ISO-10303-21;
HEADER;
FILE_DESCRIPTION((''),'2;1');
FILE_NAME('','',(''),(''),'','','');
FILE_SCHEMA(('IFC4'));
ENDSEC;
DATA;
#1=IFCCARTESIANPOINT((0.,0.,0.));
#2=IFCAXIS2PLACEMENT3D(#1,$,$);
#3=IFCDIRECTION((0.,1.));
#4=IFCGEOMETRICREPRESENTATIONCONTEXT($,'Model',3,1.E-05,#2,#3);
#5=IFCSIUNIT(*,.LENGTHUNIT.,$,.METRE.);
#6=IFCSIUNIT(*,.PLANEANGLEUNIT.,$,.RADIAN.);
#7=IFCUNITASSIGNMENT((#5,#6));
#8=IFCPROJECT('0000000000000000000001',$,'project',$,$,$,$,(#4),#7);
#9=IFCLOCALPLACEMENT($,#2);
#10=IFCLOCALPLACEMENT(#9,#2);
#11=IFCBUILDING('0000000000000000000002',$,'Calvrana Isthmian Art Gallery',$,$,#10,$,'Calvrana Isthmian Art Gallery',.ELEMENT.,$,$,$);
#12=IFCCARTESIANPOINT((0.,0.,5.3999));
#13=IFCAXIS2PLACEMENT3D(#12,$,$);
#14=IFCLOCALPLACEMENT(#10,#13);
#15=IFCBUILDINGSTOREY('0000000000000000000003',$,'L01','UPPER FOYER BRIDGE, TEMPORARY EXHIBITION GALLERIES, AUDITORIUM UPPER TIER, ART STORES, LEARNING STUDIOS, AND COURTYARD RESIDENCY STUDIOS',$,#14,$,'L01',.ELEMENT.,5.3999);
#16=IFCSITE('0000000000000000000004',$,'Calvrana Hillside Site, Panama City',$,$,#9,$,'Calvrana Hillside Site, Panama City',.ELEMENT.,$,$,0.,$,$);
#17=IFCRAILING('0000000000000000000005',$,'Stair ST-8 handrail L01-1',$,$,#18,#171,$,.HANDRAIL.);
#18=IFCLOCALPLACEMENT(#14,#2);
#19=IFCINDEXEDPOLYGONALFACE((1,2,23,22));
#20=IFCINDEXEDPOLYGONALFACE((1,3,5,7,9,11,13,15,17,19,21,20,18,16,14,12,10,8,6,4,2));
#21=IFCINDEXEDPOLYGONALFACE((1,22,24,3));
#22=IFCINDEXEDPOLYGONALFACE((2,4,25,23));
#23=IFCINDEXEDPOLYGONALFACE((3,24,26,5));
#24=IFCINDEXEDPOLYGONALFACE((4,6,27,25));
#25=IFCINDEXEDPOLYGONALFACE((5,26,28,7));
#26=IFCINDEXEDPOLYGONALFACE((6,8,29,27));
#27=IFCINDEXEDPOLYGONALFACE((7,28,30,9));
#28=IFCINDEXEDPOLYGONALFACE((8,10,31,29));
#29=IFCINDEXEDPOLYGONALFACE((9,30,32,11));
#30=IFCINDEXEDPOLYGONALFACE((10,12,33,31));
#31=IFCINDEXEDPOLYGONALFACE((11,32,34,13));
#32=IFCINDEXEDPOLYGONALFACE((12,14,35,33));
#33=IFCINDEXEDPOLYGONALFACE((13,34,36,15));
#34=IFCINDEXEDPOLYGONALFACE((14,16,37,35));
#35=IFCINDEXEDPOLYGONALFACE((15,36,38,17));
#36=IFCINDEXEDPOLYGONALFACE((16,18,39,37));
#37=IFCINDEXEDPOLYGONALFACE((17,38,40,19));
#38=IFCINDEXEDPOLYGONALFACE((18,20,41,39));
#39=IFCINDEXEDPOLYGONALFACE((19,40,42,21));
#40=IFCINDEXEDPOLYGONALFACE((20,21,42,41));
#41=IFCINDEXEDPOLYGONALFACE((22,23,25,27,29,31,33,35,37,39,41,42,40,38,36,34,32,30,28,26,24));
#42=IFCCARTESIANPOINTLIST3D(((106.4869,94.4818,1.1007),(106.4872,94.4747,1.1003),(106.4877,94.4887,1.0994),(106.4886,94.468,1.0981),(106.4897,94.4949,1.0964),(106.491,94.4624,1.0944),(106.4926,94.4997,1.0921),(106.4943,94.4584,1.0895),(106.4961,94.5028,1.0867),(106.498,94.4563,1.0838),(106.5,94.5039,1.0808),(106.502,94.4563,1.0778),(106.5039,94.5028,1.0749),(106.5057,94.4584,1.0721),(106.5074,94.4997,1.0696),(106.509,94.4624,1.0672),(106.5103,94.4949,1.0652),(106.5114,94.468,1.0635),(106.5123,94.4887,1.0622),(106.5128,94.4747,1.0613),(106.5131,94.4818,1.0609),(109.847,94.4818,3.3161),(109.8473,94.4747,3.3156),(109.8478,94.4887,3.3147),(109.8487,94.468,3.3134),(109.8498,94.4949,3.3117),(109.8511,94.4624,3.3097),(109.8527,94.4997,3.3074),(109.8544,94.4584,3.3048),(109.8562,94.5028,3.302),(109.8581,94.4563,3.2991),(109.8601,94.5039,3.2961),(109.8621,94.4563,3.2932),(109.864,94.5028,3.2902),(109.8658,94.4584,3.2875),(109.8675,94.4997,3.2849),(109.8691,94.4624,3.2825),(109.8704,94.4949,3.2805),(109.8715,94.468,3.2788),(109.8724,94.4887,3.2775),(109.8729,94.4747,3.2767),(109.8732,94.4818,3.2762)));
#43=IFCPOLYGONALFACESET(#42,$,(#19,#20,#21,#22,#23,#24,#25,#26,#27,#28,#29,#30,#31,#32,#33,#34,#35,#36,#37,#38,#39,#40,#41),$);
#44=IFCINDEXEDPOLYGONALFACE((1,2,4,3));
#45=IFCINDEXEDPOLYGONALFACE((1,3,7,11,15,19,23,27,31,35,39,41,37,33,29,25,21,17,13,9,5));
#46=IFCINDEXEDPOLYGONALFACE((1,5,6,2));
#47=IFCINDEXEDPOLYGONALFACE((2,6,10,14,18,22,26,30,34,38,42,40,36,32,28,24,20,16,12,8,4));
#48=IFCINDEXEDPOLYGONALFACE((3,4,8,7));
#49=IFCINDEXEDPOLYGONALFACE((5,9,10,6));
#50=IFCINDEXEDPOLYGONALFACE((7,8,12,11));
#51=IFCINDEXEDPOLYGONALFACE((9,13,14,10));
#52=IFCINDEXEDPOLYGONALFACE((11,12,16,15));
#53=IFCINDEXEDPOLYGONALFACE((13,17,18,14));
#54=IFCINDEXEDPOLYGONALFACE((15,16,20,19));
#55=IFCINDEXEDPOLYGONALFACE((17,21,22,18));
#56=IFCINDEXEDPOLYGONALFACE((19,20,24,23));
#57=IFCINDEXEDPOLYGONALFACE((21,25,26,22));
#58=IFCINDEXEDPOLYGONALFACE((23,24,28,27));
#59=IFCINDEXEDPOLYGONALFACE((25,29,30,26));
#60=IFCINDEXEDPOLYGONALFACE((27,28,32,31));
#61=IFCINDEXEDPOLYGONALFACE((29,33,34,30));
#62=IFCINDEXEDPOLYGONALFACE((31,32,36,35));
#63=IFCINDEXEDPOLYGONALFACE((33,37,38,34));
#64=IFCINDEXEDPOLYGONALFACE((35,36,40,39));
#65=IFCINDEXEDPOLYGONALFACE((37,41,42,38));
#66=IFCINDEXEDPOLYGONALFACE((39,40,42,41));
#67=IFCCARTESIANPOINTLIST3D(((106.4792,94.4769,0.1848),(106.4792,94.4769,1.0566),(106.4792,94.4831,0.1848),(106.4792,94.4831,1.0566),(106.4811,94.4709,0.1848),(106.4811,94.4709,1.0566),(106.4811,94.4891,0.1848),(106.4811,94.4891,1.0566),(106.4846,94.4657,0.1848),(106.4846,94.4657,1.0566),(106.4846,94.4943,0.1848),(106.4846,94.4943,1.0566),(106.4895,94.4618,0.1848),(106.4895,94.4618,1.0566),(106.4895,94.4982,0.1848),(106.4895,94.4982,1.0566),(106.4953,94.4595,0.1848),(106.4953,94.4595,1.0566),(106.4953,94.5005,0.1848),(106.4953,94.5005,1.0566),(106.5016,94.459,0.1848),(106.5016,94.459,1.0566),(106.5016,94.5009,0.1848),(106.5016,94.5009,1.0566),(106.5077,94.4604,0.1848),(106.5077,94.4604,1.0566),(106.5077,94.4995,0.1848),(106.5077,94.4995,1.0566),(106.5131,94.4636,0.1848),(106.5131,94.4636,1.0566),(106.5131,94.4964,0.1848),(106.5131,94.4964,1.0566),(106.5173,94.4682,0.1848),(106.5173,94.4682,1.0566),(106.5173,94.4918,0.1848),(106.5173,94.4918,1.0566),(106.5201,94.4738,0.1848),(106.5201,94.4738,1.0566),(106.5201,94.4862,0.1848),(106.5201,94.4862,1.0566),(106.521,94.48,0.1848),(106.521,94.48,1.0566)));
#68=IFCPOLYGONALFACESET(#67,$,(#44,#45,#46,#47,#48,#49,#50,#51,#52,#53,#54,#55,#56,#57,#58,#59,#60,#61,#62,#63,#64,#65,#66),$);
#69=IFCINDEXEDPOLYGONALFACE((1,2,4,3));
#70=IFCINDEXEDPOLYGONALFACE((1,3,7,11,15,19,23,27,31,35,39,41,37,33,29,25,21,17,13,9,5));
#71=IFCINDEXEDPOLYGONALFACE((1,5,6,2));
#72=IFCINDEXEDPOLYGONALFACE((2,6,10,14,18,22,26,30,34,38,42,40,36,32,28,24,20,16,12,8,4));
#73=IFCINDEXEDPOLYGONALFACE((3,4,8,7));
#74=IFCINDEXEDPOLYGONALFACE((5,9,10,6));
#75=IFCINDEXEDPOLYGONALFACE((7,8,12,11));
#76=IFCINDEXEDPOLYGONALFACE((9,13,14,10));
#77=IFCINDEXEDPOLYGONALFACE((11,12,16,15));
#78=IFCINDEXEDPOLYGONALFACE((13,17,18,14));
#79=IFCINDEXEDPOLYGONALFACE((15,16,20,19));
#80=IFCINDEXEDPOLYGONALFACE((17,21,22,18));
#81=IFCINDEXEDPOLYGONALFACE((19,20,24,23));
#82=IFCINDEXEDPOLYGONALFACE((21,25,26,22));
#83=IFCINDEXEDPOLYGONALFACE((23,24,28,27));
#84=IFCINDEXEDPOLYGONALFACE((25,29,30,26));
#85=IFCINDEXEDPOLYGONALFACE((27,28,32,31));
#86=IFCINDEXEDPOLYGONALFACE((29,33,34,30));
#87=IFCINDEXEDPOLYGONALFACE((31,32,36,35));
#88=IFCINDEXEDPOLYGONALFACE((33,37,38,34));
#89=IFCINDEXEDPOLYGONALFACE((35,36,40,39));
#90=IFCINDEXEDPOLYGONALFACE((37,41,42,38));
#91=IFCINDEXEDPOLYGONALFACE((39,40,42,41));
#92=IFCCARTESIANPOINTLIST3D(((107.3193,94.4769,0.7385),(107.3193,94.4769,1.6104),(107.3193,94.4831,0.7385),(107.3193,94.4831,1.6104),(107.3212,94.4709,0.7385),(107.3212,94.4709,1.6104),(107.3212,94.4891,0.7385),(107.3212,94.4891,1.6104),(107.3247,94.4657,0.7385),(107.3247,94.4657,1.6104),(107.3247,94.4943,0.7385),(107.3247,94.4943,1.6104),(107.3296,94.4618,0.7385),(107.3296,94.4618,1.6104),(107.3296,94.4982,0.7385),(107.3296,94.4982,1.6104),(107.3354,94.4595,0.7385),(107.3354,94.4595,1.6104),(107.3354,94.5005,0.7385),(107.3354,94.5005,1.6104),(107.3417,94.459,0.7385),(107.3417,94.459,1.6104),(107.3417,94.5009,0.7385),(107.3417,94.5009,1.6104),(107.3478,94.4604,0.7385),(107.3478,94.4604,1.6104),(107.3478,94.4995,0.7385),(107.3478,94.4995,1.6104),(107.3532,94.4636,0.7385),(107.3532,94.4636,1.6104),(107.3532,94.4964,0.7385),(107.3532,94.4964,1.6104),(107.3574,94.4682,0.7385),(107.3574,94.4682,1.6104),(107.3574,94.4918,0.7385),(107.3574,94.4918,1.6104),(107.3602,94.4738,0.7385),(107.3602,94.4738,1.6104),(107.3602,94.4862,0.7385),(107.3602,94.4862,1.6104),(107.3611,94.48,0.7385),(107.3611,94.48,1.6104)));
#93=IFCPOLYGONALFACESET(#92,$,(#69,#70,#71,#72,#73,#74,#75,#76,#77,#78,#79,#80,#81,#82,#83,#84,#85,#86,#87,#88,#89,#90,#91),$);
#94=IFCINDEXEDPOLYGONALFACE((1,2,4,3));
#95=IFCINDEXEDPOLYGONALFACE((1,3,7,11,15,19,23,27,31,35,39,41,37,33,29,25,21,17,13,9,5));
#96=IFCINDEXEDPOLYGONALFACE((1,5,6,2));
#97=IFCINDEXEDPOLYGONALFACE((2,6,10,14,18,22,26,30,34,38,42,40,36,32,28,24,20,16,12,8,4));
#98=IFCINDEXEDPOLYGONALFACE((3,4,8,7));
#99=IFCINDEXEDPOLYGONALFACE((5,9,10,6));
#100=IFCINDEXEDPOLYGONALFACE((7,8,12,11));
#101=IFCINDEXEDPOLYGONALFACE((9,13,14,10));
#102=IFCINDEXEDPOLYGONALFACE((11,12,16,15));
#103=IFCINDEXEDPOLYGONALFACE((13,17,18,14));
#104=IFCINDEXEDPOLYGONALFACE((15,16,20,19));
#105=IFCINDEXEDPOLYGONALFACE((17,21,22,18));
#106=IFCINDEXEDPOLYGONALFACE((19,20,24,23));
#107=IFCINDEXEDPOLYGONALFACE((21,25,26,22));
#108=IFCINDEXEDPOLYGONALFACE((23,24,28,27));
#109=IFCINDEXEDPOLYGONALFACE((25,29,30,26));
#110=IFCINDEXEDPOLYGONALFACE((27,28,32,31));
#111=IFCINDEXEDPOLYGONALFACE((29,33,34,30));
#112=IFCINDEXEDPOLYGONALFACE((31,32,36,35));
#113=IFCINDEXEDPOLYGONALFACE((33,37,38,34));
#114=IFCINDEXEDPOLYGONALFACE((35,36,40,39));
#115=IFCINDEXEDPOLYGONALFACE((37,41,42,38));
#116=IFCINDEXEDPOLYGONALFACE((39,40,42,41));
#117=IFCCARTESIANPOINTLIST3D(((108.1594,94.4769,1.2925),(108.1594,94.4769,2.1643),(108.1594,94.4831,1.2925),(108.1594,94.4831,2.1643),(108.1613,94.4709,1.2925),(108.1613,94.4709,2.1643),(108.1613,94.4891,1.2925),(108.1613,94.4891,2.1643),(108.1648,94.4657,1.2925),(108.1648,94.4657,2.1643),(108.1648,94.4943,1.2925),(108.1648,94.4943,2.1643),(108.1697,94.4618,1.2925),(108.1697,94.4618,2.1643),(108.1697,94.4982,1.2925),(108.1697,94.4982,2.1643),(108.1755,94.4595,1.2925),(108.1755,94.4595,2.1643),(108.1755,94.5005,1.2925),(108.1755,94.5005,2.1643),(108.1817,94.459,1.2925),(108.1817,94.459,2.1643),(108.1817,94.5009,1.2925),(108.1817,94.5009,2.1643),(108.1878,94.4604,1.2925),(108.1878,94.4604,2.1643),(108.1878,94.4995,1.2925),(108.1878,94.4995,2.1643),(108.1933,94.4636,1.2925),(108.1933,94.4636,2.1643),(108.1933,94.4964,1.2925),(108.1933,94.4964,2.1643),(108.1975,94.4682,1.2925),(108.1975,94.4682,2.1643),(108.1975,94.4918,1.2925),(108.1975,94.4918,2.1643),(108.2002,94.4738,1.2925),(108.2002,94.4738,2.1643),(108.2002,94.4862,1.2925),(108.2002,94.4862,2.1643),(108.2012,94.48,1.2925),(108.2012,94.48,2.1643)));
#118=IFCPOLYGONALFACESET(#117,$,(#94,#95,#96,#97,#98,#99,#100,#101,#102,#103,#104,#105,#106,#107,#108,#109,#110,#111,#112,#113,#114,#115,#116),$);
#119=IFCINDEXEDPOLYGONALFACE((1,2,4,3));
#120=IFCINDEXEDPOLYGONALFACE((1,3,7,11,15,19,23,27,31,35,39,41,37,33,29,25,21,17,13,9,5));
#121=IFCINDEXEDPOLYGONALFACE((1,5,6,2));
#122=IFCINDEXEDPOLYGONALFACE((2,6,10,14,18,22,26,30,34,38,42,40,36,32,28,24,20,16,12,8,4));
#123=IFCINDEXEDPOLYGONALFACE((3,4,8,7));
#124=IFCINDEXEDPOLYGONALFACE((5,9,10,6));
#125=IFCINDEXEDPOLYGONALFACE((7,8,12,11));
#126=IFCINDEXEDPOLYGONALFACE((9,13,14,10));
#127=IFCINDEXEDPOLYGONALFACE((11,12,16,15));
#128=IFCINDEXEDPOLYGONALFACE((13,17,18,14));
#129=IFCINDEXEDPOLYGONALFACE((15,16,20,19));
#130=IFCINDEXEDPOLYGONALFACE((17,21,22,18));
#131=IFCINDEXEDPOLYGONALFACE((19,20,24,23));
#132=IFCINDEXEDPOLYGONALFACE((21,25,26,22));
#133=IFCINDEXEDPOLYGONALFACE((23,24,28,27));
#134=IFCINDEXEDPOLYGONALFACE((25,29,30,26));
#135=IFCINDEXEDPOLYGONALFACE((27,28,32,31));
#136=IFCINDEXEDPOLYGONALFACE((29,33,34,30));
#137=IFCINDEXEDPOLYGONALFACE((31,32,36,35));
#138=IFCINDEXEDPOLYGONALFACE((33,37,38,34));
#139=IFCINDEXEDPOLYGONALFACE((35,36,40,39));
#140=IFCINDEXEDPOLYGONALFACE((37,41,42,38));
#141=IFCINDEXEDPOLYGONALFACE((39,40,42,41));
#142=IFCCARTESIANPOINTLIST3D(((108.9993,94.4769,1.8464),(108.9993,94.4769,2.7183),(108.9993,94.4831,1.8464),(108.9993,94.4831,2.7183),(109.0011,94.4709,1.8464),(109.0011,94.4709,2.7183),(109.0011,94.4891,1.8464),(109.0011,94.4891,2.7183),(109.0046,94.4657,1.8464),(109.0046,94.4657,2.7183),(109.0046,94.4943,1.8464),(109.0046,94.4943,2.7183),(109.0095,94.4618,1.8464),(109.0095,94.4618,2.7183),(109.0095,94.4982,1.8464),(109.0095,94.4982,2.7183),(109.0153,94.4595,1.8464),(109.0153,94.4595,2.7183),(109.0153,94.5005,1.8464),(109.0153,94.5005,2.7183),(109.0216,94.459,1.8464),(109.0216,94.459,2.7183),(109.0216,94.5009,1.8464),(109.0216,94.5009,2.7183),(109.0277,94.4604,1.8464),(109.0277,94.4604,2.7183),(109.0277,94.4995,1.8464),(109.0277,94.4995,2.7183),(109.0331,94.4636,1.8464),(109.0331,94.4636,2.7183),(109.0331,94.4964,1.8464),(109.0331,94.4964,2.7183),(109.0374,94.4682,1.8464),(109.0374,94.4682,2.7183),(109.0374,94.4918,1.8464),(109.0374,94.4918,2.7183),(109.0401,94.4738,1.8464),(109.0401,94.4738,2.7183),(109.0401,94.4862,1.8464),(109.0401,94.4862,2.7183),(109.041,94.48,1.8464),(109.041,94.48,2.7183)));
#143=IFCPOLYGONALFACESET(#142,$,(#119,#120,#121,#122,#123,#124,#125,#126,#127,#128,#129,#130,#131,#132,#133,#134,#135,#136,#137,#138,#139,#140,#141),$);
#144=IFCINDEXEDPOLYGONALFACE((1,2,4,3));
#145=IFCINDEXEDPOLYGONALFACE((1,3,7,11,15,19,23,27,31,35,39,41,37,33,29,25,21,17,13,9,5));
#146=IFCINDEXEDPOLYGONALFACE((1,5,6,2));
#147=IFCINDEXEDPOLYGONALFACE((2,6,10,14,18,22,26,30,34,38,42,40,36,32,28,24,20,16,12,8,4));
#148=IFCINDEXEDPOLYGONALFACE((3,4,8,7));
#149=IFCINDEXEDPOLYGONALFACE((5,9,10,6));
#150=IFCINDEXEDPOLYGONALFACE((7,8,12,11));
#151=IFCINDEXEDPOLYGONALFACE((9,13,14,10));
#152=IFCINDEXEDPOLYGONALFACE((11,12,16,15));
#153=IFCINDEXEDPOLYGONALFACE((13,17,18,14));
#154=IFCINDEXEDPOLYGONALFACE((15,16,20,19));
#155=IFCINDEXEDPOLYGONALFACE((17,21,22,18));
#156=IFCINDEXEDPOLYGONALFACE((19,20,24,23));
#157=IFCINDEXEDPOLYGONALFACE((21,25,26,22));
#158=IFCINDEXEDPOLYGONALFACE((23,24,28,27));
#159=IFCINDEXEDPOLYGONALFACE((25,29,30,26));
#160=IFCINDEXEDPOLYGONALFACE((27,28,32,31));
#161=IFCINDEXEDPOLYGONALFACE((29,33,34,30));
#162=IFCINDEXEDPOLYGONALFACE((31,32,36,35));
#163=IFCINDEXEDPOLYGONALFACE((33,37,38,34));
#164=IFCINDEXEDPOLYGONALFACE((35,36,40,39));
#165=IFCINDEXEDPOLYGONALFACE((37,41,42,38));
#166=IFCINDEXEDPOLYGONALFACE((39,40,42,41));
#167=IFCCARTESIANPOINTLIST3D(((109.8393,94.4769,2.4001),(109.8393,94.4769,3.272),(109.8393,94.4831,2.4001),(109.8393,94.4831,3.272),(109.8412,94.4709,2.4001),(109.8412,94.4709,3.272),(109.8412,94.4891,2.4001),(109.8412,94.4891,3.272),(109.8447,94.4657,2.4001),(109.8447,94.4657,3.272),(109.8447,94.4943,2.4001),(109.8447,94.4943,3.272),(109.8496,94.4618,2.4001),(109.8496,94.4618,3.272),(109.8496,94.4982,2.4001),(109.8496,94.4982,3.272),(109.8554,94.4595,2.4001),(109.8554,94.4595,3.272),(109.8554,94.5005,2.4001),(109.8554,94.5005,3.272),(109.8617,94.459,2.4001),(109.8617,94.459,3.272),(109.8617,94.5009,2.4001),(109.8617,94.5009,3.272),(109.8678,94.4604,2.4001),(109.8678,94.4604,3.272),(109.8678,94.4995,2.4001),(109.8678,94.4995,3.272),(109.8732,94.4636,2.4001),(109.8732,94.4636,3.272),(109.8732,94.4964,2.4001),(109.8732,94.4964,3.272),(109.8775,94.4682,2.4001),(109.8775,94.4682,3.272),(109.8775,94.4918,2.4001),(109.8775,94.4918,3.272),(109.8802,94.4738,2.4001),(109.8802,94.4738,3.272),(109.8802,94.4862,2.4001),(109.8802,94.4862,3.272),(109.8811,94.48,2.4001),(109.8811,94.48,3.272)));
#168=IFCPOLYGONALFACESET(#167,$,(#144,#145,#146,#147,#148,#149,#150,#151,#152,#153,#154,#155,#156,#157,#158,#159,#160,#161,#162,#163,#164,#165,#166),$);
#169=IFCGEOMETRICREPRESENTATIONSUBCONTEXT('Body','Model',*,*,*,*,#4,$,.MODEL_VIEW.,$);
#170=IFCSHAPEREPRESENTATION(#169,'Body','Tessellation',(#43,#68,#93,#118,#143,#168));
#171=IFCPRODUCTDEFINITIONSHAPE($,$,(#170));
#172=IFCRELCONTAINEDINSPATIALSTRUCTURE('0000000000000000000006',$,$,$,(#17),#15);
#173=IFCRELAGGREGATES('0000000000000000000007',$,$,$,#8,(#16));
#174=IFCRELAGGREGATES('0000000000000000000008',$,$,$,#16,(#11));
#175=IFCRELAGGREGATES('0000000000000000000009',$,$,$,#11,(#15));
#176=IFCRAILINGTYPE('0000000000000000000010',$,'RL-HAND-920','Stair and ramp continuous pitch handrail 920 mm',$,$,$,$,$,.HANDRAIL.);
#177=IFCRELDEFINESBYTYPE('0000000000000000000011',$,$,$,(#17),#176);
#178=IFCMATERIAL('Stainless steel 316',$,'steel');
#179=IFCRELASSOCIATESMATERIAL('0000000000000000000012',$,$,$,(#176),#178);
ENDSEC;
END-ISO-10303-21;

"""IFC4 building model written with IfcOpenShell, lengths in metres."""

from ifc_helpers import new_model, si_unit, direction, frame, origin, origin_2d, place, context, subcontext, project, spatial, circle, extrude, material, type_object, element, save


model = new_model("IFC4")

# Units and contexts
model_context = context("Model", 3, precision=1e-05, world=origin(), true_north=direction((0.0, 1.0)))
body_context = subcontext(model_context, "Body", "Model", "MODEL_VIEW")
ifc_project = project(units=[si_unit("LENGTHUNIT", "METRE"), si_unit("PLANEANGLEUNIT", "RADIAN")], contexts=[model_context])

# Site, building, storey
site_placement = place(None, origin())
site = spatial("IfcSite", under=ifc_project, at=site_placement, Name="Calvrana Hillside Site, Panama City", LongName="Calvrana Hillside Site, Panama City", CompositionType="ELEMENT", RefElevation=0.0)
building_placement = place(site_placement, origin())
building = spatial("IfcBuilding", under=site, at=building_placement, Name="Calvrana Isthmian Art Gallery", LongName="Calvrana Isthmian Art Gallery", CompositionType="ELEMENT")
storey_placement = place(building_placement, frame((0.0, 0.0, 5.3999)))
storey = spatial("IfcBuildingStorey", under=building, at=storey_placement, Name="L01", Description="UPPER FOYER BRIDGE, TEMPORARY EXHIBITION GALLERIES, AUDITORIUM UPPER TIER, ART STORES, LEARNING STUDIOS, AND COURTYARD RESIDENCY STUDIOS", LongName="L01", CompositionType="ELEMENT", Elevation=5.3999)

# Railing
ifc_material_1 = material(Name="Stainless steel 316", Category="steel")
railing_type_1 = type_object("IfcRailingType", Name="RL-HAND-920", Description="Stair and ramp continuous pitch handrail 920 mm", PredefinedType="HANDRAIL", material=ifc_material_1)
railing_1_placement = place(storey_placement, frame((106.5, 94.48, 0.1848)))
element("IfcRailing", 1, at=railing_1_placement, inside=storey, type_object=railing_type_1, Name="Stair ST-8 handrail L01-1", PredefinedType="HANDRAIL", context=body_context, shape_type="SweptSolid", body=[
    extrude(circle(Radius=0.0239, at=origin_2d()), frame((0.0, 0.0, 0.896), z_axis=(0.834876, 0.0, 0.550437), x_axis=(0.0, 1.0, 0.0)), (0.0, 0.0, 1.0), 4.0247),
    extrude(circle(Radius=0.021, at=origin_2d()), origin(), (0.0, 0.0, 1.0), 0.8718),
    extrude(circle(Radius=0.021, at=origin_2d()), frame((0.8401, 0.0, 0.5537)), (0.0, 0.0, 1.0), 0.8718),
    extrude(circle(Radius=0.021, at=origin_2d()), frame((1.6802, 0.0, 1.1077)), (0.0, 0.0, 1.0), 0.8718),
    extrude(circle(Radius=0.021, at=origin_2d()), frame((2.52, 0.0, 1.6616)), (0.0, 0.0, 1.0), 0.8718),
    extrude(circle(Radius=0.021, at=origin_2d()), frame((3.3601, 0.0, 2.2153)), (0.0, 0.0, 1.0), 0.8718),
])

save(model, "model.ifc")
